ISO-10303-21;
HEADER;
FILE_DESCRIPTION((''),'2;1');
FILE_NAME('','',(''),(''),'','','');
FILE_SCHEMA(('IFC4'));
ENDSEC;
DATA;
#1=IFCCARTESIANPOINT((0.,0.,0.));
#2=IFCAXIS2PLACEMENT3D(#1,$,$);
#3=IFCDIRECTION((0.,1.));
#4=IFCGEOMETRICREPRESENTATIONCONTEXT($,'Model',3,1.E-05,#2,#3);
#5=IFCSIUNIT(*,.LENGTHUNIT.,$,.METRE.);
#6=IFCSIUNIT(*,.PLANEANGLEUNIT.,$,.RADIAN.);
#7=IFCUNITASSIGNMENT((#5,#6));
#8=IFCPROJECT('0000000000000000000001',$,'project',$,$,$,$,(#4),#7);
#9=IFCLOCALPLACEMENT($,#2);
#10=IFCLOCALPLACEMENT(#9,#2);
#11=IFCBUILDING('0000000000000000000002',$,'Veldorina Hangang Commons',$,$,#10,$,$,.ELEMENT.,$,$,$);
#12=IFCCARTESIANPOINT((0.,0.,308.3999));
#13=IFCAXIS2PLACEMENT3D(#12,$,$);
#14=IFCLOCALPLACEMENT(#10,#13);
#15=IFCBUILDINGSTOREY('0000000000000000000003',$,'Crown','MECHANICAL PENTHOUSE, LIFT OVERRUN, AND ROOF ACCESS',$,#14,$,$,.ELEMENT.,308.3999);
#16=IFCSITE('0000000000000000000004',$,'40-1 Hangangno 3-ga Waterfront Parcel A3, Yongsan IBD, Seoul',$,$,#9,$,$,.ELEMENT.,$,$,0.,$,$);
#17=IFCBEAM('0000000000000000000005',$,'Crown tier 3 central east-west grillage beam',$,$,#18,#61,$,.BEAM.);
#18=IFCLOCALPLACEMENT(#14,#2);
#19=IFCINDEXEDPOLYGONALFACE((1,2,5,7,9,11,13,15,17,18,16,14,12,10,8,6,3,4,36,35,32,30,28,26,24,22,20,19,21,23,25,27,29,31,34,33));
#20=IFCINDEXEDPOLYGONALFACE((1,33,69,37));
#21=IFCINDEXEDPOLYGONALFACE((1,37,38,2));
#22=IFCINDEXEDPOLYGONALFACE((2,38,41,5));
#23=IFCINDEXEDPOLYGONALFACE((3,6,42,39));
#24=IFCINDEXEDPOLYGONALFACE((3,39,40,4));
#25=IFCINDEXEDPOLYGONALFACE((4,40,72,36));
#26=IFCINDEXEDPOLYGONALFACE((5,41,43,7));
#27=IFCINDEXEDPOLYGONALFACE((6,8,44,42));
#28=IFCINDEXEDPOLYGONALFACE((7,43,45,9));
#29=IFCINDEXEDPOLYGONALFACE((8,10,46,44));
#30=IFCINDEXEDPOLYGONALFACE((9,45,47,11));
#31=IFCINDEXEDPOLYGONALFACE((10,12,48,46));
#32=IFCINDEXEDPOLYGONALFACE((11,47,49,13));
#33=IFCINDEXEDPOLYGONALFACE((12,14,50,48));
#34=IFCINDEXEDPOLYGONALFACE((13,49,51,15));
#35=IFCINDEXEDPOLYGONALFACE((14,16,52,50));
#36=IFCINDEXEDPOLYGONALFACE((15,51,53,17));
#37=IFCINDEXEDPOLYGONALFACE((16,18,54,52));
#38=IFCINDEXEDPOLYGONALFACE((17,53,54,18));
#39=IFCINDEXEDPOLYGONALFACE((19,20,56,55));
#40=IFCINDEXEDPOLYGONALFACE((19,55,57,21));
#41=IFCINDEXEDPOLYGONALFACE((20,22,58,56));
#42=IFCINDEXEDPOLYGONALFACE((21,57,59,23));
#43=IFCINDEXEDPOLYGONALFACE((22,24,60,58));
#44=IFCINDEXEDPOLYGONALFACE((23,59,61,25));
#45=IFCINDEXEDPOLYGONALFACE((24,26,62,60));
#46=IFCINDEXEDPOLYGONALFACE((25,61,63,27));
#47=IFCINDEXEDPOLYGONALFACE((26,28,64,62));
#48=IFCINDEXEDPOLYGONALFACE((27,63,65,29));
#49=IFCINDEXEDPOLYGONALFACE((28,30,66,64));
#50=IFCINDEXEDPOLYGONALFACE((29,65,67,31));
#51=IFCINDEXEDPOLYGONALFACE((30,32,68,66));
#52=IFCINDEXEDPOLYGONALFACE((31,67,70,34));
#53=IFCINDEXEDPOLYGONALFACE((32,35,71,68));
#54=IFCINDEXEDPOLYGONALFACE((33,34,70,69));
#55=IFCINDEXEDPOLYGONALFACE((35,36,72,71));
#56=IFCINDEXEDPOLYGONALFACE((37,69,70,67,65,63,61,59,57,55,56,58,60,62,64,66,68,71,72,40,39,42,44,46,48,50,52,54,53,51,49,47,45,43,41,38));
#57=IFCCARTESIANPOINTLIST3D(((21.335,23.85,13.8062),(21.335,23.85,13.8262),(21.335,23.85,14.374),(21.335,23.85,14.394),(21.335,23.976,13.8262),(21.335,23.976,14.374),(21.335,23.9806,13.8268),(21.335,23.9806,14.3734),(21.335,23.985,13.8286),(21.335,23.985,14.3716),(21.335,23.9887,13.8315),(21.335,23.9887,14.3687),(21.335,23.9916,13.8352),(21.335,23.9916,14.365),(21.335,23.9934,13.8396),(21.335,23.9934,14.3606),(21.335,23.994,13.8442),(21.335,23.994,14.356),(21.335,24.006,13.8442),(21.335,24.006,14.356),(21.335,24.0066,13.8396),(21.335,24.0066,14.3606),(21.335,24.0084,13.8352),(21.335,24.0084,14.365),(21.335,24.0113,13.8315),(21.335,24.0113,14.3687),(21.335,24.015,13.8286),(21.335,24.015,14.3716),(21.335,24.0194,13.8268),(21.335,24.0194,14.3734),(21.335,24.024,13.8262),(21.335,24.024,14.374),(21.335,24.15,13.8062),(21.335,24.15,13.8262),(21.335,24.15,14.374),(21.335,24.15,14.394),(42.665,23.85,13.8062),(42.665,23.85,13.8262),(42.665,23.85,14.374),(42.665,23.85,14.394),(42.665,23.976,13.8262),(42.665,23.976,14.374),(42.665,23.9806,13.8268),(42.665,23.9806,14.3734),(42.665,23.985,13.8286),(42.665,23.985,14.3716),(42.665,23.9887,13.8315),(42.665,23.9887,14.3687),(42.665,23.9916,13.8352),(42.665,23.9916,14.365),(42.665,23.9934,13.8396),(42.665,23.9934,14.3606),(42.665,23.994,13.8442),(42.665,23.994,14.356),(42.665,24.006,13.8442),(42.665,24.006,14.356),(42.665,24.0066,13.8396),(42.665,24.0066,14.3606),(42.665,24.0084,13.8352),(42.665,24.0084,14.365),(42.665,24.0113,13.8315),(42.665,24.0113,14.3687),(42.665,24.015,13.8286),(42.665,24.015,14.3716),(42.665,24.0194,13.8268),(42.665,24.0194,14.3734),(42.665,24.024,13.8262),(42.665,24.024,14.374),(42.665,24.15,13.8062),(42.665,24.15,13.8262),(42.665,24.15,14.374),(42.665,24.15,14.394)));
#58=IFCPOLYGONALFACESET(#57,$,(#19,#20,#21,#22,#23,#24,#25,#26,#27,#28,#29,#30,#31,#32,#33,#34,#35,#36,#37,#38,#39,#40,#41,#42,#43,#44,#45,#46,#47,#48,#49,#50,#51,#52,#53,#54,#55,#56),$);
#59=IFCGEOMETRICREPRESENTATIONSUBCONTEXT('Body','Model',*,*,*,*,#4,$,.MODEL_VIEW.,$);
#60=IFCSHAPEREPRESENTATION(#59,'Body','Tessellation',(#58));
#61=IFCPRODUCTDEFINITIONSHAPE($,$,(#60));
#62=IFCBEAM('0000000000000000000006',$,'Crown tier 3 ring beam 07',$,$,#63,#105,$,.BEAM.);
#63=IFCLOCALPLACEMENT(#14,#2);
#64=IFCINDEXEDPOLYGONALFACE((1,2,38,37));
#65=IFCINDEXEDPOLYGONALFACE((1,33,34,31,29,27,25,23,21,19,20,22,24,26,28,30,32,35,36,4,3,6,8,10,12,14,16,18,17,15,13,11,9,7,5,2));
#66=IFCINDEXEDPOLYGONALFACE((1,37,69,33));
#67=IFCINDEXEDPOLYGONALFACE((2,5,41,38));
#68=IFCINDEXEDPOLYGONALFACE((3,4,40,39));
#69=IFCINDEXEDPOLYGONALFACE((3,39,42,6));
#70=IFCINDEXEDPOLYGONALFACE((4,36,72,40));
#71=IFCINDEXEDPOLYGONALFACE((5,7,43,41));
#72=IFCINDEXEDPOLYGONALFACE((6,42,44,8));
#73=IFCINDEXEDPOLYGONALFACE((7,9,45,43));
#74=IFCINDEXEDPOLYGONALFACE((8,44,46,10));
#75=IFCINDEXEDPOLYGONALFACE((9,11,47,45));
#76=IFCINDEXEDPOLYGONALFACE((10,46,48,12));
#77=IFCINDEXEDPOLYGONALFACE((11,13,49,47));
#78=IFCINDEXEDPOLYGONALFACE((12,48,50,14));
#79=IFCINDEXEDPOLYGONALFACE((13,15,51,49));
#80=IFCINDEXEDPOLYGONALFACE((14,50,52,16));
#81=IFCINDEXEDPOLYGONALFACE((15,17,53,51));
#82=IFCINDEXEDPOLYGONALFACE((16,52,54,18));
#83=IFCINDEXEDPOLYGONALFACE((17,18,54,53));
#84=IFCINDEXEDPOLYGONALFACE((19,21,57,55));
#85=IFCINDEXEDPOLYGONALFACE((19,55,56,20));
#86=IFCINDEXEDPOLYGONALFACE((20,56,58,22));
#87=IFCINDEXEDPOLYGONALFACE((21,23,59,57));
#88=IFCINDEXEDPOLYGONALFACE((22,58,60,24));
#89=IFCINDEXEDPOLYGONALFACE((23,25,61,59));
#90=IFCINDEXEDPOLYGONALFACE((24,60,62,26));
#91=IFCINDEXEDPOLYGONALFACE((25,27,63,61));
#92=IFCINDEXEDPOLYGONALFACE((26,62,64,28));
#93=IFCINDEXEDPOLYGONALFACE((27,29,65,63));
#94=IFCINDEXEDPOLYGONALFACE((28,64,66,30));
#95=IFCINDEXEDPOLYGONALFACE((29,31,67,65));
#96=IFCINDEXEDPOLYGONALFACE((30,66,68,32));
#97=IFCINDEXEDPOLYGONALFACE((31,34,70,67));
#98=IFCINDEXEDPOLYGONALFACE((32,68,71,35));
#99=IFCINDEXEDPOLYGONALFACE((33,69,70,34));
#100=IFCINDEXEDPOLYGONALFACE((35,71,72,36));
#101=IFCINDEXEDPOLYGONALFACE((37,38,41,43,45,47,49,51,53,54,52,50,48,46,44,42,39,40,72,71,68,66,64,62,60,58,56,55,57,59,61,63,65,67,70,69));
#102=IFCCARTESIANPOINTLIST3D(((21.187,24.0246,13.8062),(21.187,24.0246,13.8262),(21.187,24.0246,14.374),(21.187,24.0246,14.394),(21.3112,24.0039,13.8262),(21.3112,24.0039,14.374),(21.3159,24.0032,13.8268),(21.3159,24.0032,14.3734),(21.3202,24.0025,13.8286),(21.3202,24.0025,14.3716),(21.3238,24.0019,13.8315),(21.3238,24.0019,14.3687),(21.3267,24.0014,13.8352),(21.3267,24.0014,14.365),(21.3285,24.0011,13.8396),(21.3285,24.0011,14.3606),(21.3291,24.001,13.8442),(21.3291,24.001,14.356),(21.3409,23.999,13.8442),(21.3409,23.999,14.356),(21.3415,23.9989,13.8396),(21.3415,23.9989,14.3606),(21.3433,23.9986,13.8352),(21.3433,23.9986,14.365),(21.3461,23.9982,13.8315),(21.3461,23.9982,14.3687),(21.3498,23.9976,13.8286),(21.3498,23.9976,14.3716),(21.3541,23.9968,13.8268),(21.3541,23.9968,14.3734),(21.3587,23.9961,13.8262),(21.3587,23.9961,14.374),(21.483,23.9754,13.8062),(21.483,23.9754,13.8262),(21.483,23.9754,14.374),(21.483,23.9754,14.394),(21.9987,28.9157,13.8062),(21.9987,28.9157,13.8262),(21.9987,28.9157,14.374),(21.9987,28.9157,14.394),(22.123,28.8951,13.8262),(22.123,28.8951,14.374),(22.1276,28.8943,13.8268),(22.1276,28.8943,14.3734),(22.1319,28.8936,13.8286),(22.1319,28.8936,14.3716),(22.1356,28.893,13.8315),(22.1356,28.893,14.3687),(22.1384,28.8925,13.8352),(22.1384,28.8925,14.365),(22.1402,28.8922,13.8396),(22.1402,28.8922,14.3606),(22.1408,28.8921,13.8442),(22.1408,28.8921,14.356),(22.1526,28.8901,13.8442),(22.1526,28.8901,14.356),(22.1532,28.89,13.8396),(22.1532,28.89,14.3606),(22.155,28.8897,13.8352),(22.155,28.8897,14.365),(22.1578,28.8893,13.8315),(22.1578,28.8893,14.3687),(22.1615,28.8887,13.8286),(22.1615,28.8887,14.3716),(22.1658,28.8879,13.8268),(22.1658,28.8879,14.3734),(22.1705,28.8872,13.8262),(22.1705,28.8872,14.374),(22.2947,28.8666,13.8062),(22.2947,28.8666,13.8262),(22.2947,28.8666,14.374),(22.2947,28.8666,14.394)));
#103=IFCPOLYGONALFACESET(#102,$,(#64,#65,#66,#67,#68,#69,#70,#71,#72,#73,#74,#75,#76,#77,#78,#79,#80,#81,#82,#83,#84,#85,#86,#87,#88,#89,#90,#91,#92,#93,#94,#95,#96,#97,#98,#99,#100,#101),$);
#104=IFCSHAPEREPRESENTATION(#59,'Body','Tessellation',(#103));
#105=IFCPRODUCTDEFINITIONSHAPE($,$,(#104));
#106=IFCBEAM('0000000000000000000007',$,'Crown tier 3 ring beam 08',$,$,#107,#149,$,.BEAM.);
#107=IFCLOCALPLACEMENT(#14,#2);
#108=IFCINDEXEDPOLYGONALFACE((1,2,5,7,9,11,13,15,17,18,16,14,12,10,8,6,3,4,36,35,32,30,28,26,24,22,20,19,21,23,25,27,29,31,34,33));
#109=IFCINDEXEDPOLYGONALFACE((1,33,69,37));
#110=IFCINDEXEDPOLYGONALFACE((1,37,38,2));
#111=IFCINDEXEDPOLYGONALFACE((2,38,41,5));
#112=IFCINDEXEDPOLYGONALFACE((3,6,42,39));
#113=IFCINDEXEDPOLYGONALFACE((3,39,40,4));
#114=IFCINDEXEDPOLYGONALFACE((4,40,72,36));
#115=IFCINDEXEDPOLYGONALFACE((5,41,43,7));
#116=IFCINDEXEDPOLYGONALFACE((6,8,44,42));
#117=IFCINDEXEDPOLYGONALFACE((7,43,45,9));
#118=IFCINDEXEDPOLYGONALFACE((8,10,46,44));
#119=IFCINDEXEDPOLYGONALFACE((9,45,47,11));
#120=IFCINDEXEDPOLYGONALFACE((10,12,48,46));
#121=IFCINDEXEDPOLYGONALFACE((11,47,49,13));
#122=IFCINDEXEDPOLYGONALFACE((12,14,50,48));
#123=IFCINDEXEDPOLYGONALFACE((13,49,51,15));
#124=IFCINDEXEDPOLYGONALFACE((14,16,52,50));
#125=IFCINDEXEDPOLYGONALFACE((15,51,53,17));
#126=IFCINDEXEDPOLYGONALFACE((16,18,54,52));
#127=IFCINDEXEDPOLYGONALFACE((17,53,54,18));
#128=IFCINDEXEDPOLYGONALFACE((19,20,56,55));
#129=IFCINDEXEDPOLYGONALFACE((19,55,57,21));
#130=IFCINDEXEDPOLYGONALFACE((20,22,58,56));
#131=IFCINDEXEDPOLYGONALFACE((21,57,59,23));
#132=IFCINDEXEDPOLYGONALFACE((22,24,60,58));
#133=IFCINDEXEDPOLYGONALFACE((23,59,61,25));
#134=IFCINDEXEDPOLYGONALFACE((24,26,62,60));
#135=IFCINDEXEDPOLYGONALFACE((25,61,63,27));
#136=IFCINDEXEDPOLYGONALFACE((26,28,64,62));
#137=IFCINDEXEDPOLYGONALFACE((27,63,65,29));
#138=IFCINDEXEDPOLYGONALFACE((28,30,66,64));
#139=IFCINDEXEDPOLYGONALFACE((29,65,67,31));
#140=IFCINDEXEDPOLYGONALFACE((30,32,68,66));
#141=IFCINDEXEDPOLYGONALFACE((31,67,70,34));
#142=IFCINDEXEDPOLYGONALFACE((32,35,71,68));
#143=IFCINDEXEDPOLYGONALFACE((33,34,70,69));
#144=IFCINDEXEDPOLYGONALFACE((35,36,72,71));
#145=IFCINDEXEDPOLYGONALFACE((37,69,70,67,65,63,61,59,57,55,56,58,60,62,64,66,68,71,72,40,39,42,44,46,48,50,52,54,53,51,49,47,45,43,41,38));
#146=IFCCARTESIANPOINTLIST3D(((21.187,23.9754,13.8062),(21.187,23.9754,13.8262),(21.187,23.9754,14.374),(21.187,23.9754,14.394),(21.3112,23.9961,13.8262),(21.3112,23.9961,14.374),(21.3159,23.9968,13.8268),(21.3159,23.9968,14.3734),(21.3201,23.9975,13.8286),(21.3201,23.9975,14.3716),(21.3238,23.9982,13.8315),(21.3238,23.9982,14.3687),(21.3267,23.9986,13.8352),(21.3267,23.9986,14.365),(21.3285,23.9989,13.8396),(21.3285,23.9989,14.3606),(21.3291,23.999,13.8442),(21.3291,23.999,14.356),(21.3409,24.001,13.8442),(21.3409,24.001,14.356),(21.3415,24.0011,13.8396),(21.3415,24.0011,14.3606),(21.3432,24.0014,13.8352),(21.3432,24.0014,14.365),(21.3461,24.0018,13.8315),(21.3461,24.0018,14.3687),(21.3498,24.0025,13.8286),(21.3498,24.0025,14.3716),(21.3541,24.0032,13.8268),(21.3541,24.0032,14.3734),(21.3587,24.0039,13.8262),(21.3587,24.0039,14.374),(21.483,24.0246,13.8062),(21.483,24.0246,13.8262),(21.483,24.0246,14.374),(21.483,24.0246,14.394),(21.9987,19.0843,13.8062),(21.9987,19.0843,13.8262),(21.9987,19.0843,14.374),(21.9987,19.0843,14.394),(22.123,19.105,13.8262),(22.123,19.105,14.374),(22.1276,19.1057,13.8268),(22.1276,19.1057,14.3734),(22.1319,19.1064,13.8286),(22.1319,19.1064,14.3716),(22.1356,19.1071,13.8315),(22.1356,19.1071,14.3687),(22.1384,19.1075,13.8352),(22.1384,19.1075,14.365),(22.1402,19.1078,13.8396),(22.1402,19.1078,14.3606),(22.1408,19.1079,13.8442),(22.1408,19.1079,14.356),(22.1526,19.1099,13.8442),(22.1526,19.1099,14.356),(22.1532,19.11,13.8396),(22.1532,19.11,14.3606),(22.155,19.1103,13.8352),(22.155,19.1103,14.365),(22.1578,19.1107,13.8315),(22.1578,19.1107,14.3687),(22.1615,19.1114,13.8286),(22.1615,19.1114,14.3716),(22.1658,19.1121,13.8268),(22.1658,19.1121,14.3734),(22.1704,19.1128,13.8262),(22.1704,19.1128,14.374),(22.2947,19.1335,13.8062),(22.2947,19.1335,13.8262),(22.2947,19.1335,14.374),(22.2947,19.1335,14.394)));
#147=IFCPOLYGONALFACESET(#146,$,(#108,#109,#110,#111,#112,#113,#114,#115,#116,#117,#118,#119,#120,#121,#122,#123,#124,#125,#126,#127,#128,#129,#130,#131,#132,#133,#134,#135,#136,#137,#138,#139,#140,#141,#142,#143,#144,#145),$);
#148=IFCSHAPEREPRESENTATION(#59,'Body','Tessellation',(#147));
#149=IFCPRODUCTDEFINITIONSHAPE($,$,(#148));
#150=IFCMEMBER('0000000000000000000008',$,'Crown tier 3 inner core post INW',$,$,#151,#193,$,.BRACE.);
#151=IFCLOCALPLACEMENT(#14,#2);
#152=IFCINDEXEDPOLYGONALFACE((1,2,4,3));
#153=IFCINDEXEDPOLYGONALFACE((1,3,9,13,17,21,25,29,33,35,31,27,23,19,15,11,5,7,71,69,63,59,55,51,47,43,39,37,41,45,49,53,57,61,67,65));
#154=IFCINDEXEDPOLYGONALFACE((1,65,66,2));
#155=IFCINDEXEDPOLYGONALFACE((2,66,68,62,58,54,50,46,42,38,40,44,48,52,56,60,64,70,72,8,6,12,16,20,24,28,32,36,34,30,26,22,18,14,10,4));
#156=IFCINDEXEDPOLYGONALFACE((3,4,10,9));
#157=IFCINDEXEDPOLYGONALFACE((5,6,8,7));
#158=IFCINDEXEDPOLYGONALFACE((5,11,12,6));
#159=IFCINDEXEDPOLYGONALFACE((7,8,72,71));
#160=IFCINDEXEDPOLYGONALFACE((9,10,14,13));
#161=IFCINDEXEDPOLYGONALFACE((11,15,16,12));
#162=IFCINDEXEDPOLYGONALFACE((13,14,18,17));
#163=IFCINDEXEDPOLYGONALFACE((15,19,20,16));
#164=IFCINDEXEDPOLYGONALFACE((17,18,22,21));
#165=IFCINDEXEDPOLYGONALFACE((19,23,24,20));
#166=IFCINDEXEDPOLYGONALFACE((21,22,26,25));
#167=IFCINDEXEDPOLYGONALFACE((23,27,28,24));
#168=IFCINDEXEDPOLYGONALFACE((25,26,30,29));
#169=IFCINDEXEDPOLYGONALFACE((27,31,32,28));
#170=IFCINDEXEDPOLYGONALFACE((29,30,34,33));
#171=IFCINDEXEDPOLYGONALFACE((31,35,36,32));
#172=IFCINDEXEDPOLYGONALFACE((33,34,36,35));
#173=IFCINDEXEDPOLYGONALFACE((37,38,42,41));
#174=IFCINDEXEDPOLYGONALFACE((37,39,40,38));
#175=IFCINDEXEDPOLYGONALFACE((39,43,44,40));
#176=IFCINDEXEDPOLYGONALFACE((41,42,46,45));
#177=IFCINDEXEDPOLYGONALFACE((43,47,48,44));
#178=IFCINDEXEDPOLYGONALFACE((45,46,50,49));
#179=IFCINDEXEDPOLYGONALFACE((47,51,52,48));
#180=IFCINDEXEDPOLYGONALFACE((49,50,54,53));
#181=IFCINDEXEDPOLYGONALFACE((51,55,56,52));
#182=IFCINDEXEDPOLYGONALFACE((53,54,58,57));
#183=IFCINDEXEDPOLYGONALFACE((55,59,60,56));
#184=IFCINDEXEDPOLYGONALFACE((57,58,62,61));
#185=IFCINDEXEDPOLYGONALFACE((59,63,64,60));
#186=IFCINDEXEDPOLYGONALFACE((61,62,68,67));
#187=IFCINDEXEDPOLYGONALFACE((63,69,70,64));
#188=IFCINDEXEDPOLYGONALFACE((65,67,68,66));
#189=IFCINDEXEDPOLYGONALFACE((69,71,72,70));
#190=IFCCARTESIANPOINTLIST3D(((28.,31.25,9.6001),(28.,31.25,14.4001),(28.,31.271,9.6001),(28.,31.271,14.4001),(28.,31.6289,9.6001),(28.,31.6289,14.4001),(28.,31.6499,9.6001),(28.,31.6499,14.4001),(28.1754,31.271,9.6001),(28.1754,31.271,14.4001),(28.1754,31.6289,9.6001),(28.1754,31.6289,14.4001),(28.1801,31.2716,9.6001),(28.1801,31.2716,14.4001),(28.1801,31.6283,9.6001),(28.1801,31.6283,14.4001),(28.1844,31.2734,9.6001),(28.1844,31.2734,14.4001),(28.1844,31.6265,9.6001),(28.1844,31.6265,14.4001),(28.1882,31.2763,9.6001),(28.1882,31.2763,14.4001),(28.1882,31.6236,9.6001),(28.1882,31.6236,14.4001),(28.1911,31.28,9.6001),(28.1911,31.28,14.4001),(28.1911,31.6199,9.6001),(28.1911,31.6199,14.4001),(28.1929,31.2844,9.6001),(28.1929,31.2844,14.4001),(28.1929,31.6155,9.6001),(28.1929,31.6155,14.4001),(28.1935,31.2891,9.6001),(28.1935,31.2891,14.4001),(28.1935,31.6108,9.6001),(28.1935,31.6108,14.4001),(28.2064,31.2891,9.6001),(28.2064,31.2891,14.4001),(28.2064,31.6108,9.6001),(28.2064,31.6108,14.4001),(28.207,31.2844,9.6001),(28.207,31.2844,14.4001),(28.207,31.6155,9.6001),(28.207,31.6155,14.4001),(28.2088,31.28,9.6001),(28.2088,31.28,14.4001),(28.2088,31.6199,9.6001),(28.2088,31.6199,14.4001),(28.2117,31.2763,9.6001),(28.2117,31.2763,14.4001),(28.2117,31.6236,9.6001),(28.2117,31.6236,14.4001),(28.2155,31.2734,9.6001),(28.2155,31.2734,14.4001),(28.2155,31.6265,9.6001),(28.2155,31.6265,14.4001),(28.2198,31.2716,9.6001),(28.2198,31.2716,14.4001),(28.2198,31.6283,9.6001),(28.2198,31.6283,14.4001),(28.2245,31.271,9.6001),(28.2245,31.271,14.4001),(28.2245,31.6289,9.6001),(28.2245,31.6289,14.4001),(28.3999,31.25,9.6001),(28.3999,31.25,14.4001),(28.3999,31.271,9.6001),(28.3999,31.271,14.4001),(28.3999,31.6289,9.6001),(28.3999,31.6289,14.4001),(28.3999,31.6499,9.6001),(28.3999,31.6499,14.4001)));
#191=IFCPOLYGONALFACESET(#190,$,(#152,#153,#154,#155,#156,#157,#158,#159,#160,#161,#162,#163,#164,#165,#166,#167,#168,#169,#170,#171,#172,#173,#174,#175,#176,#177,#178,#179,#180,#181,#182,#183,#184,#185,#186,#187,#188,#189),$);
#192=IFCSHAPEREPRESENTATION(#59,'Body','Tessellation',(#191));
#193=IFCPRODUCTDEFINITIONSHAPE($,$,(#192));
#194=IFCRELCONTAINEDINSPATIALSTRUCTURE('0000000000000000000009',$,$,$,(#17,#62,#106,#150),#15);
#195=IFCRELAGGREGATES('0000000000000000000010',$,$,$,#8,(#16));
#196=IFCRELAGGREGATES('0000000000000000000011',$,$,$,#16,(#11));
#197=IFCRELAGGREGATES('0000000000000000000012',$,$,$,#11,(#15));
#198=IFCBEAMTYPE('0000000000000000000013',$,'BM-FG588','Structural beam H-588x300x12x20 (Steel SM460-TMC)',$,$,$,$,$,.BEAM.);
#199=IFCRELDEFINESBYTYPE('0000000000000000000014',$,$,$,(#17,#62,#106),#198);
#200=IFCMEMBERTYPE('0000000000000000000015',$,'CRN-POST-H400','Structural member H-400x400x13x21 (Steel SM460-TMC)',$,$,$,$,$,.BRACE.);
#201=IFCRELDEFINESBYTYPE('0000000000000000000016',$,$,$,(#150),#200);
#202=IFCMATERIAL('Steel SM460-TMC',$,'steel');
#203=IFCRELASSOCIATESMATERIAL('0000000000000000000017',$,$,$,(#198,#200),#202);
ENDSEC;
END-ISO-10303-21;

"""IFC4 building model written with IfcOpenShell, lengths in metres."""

from ifc_helpers import new_model, si_unit, direction, frame, origin, origin_2d, place, context, subcontext, project, spatial, i_section, extrude, material, material_profile, profile_set, type_object, element, save


model = new_model("IFC4")

# Units and contexts
model_context = context("Model", 3, precision=1e-05, world=origin(), true_north=direction((0.0, 1.0)))
body_context = subcontext(model_context, "Body", "Model", "MODEL_VIEW")
ifc_project = project(units=[si_unit("LENGTHUNIT", "METRE"), si_unit("PLANEANGLEUNIT", "RADIAN")], contexts=[model_context])

# Site, building, storey
site_placement = place(None, origin())
site = spatial("IfcSite", under=ifc_project, at=site_placement, Name="40-1 Hangangno 3-ga Waterfront Parcel A3, Yongsan IBD, Seoul", CompositionType="ELEMENT", RefElevation=0.0)
building_placement = place(site_placement, origin())
building = spatial("IfcBuilding", under=site, at=building_placement, Name="Veldorina Hangang Commons", CompositionType="ELEMENT")
storey_placement = place(building_placement, frame((0.0, 0.0, 308.3999)))
storey = spatial("IfcBuildingStorey", under=building, at=storey_placement, Name="Crown", Description="MECHANICAL PENTHOUSE, LIFT OVERRUN, AND ROOF ACCESS", CompositionType="ELEMENT", Elevation=308.3999)

# Beams
ifc_material_1 = material(Name="Steel SM460-TMC", Category="steel")
ifc_material_profile_1 = material_profile(ifc_material_1, i_section(OverallWidth=0.3, OverallDepth=0.5879, WebThickness=0.012, FlangeThickness=0.02, FilletRadius=0.0181, at=origin_2d()), Name="H-588x300x12x20")
ifc_profile_set_1 = profile_set([ifc_material_profile_1], Name="Steel SM460-TMC")
beam_type = type_object("IfcBeamType", Name="BM-FG588", Description="Structural beam H-588x300x12x20 (Steel SM460-TMC)", PredefinedType="BEAM", material=ifc_profile_set_1)
beam_1_placement = place(storey_placement, frame((21.335, 24.0, 14.1001), z_axis=(1.0, 0.0, 0.0), x_axis=(0.0, 1.0, 0.0)))
element("IfcBeam", 1, at=beam_1_placement, inside=storey, type_object=beam_type, Name="Crown tier 3 central east-west grillage beam", PredefinedType="BEAM", context=body_context, shape_type="SweptSolid", body=[
    extrude(i_section(OverallWidth=0.3, OverallDepth=0.5879, WebThickness=0.012, FlangeThickness=0.02, FilletRadius=0.0181, at=origin_2d()), origin(), (0.0, 0.0, 1.0), 21.3301),
])
for number, where, z_axis, x_axis, name in (
    (2, (22.1467, 28.8911, 14.1001), (-0.163728, -0.986505, 0.0), (0.986505, -0.163728, 0.0), "Crown tier 3 ring beam 07"),
    (3, (21.335, 24.0, 14.1001), (0.163728, -0.986505, 0.0), (0.986505, 0.163728, 0.0), "Crown tier 3 ring beam 08"),
):
    element("IfcBeam", number, at=place(storey_placement, frame(where, z_axis=z_axis, x_axis=x_axis)), inside=storey, type_object=beam_type, Name=name, PredefinedType="BEAM", context=body_context, shape_type="SweptSolid", body=[
        extrude(i_section(OverallWidth=0.3, OverallDepth=0.5879, WebThickness=0.012, FlangeThickness=0.02, FilletRadius=0.0181, at=origin_2d()), origin(), (0.0, 0.0, 1.0), 4.958),
    ])

# Member
ifc_material_profile_2 = material_profile(ifc_material_1, i_section(OverallWidth=0.3999, OverallDepth=0.3999, WebThickness=0.0129, FlangeThickness=0.021, FilletRadius=0.0181, at=origin_2d()), Name="H-400x400x13x21")
ifc_profile_set_2 = profile_set([ifc_material_profile_2], Name="Steel SM460-TMC")
member_type_1 = type_object("IfcMemberType", Name="CRN-POST-H400", Description="Structural member H-400x400x13x21 (Steel SM460-TMC)", PredefinedType="BRACE", material=ifc_profile_set_2)
member_1_placement = place(storey_placement, frame((28.2, 31.45, 9.6001), z_axis=(0.0, 0.0, 1.0), x_axis=(1.0, 0.0, 0.0)))
element("IfcMember", 4, at=member_1_placement, inside=storey, type_object=member_type_1, Name="Crown tier 3 inner core post INW", PredefinedType="BRACE", context=body_context, shape_type="SweptSolid", body=[
    extrude(i_section(OverallWidth=0.3999, OverallDepth=0.3999, WebThickness=0.0129, FlangeThickness=0.021, FilletRadius=0.0181, at=origin_2d()), origin(), (0.0, 0.0, 1.0), 4.8),
])

save(model, "model.ifc")
